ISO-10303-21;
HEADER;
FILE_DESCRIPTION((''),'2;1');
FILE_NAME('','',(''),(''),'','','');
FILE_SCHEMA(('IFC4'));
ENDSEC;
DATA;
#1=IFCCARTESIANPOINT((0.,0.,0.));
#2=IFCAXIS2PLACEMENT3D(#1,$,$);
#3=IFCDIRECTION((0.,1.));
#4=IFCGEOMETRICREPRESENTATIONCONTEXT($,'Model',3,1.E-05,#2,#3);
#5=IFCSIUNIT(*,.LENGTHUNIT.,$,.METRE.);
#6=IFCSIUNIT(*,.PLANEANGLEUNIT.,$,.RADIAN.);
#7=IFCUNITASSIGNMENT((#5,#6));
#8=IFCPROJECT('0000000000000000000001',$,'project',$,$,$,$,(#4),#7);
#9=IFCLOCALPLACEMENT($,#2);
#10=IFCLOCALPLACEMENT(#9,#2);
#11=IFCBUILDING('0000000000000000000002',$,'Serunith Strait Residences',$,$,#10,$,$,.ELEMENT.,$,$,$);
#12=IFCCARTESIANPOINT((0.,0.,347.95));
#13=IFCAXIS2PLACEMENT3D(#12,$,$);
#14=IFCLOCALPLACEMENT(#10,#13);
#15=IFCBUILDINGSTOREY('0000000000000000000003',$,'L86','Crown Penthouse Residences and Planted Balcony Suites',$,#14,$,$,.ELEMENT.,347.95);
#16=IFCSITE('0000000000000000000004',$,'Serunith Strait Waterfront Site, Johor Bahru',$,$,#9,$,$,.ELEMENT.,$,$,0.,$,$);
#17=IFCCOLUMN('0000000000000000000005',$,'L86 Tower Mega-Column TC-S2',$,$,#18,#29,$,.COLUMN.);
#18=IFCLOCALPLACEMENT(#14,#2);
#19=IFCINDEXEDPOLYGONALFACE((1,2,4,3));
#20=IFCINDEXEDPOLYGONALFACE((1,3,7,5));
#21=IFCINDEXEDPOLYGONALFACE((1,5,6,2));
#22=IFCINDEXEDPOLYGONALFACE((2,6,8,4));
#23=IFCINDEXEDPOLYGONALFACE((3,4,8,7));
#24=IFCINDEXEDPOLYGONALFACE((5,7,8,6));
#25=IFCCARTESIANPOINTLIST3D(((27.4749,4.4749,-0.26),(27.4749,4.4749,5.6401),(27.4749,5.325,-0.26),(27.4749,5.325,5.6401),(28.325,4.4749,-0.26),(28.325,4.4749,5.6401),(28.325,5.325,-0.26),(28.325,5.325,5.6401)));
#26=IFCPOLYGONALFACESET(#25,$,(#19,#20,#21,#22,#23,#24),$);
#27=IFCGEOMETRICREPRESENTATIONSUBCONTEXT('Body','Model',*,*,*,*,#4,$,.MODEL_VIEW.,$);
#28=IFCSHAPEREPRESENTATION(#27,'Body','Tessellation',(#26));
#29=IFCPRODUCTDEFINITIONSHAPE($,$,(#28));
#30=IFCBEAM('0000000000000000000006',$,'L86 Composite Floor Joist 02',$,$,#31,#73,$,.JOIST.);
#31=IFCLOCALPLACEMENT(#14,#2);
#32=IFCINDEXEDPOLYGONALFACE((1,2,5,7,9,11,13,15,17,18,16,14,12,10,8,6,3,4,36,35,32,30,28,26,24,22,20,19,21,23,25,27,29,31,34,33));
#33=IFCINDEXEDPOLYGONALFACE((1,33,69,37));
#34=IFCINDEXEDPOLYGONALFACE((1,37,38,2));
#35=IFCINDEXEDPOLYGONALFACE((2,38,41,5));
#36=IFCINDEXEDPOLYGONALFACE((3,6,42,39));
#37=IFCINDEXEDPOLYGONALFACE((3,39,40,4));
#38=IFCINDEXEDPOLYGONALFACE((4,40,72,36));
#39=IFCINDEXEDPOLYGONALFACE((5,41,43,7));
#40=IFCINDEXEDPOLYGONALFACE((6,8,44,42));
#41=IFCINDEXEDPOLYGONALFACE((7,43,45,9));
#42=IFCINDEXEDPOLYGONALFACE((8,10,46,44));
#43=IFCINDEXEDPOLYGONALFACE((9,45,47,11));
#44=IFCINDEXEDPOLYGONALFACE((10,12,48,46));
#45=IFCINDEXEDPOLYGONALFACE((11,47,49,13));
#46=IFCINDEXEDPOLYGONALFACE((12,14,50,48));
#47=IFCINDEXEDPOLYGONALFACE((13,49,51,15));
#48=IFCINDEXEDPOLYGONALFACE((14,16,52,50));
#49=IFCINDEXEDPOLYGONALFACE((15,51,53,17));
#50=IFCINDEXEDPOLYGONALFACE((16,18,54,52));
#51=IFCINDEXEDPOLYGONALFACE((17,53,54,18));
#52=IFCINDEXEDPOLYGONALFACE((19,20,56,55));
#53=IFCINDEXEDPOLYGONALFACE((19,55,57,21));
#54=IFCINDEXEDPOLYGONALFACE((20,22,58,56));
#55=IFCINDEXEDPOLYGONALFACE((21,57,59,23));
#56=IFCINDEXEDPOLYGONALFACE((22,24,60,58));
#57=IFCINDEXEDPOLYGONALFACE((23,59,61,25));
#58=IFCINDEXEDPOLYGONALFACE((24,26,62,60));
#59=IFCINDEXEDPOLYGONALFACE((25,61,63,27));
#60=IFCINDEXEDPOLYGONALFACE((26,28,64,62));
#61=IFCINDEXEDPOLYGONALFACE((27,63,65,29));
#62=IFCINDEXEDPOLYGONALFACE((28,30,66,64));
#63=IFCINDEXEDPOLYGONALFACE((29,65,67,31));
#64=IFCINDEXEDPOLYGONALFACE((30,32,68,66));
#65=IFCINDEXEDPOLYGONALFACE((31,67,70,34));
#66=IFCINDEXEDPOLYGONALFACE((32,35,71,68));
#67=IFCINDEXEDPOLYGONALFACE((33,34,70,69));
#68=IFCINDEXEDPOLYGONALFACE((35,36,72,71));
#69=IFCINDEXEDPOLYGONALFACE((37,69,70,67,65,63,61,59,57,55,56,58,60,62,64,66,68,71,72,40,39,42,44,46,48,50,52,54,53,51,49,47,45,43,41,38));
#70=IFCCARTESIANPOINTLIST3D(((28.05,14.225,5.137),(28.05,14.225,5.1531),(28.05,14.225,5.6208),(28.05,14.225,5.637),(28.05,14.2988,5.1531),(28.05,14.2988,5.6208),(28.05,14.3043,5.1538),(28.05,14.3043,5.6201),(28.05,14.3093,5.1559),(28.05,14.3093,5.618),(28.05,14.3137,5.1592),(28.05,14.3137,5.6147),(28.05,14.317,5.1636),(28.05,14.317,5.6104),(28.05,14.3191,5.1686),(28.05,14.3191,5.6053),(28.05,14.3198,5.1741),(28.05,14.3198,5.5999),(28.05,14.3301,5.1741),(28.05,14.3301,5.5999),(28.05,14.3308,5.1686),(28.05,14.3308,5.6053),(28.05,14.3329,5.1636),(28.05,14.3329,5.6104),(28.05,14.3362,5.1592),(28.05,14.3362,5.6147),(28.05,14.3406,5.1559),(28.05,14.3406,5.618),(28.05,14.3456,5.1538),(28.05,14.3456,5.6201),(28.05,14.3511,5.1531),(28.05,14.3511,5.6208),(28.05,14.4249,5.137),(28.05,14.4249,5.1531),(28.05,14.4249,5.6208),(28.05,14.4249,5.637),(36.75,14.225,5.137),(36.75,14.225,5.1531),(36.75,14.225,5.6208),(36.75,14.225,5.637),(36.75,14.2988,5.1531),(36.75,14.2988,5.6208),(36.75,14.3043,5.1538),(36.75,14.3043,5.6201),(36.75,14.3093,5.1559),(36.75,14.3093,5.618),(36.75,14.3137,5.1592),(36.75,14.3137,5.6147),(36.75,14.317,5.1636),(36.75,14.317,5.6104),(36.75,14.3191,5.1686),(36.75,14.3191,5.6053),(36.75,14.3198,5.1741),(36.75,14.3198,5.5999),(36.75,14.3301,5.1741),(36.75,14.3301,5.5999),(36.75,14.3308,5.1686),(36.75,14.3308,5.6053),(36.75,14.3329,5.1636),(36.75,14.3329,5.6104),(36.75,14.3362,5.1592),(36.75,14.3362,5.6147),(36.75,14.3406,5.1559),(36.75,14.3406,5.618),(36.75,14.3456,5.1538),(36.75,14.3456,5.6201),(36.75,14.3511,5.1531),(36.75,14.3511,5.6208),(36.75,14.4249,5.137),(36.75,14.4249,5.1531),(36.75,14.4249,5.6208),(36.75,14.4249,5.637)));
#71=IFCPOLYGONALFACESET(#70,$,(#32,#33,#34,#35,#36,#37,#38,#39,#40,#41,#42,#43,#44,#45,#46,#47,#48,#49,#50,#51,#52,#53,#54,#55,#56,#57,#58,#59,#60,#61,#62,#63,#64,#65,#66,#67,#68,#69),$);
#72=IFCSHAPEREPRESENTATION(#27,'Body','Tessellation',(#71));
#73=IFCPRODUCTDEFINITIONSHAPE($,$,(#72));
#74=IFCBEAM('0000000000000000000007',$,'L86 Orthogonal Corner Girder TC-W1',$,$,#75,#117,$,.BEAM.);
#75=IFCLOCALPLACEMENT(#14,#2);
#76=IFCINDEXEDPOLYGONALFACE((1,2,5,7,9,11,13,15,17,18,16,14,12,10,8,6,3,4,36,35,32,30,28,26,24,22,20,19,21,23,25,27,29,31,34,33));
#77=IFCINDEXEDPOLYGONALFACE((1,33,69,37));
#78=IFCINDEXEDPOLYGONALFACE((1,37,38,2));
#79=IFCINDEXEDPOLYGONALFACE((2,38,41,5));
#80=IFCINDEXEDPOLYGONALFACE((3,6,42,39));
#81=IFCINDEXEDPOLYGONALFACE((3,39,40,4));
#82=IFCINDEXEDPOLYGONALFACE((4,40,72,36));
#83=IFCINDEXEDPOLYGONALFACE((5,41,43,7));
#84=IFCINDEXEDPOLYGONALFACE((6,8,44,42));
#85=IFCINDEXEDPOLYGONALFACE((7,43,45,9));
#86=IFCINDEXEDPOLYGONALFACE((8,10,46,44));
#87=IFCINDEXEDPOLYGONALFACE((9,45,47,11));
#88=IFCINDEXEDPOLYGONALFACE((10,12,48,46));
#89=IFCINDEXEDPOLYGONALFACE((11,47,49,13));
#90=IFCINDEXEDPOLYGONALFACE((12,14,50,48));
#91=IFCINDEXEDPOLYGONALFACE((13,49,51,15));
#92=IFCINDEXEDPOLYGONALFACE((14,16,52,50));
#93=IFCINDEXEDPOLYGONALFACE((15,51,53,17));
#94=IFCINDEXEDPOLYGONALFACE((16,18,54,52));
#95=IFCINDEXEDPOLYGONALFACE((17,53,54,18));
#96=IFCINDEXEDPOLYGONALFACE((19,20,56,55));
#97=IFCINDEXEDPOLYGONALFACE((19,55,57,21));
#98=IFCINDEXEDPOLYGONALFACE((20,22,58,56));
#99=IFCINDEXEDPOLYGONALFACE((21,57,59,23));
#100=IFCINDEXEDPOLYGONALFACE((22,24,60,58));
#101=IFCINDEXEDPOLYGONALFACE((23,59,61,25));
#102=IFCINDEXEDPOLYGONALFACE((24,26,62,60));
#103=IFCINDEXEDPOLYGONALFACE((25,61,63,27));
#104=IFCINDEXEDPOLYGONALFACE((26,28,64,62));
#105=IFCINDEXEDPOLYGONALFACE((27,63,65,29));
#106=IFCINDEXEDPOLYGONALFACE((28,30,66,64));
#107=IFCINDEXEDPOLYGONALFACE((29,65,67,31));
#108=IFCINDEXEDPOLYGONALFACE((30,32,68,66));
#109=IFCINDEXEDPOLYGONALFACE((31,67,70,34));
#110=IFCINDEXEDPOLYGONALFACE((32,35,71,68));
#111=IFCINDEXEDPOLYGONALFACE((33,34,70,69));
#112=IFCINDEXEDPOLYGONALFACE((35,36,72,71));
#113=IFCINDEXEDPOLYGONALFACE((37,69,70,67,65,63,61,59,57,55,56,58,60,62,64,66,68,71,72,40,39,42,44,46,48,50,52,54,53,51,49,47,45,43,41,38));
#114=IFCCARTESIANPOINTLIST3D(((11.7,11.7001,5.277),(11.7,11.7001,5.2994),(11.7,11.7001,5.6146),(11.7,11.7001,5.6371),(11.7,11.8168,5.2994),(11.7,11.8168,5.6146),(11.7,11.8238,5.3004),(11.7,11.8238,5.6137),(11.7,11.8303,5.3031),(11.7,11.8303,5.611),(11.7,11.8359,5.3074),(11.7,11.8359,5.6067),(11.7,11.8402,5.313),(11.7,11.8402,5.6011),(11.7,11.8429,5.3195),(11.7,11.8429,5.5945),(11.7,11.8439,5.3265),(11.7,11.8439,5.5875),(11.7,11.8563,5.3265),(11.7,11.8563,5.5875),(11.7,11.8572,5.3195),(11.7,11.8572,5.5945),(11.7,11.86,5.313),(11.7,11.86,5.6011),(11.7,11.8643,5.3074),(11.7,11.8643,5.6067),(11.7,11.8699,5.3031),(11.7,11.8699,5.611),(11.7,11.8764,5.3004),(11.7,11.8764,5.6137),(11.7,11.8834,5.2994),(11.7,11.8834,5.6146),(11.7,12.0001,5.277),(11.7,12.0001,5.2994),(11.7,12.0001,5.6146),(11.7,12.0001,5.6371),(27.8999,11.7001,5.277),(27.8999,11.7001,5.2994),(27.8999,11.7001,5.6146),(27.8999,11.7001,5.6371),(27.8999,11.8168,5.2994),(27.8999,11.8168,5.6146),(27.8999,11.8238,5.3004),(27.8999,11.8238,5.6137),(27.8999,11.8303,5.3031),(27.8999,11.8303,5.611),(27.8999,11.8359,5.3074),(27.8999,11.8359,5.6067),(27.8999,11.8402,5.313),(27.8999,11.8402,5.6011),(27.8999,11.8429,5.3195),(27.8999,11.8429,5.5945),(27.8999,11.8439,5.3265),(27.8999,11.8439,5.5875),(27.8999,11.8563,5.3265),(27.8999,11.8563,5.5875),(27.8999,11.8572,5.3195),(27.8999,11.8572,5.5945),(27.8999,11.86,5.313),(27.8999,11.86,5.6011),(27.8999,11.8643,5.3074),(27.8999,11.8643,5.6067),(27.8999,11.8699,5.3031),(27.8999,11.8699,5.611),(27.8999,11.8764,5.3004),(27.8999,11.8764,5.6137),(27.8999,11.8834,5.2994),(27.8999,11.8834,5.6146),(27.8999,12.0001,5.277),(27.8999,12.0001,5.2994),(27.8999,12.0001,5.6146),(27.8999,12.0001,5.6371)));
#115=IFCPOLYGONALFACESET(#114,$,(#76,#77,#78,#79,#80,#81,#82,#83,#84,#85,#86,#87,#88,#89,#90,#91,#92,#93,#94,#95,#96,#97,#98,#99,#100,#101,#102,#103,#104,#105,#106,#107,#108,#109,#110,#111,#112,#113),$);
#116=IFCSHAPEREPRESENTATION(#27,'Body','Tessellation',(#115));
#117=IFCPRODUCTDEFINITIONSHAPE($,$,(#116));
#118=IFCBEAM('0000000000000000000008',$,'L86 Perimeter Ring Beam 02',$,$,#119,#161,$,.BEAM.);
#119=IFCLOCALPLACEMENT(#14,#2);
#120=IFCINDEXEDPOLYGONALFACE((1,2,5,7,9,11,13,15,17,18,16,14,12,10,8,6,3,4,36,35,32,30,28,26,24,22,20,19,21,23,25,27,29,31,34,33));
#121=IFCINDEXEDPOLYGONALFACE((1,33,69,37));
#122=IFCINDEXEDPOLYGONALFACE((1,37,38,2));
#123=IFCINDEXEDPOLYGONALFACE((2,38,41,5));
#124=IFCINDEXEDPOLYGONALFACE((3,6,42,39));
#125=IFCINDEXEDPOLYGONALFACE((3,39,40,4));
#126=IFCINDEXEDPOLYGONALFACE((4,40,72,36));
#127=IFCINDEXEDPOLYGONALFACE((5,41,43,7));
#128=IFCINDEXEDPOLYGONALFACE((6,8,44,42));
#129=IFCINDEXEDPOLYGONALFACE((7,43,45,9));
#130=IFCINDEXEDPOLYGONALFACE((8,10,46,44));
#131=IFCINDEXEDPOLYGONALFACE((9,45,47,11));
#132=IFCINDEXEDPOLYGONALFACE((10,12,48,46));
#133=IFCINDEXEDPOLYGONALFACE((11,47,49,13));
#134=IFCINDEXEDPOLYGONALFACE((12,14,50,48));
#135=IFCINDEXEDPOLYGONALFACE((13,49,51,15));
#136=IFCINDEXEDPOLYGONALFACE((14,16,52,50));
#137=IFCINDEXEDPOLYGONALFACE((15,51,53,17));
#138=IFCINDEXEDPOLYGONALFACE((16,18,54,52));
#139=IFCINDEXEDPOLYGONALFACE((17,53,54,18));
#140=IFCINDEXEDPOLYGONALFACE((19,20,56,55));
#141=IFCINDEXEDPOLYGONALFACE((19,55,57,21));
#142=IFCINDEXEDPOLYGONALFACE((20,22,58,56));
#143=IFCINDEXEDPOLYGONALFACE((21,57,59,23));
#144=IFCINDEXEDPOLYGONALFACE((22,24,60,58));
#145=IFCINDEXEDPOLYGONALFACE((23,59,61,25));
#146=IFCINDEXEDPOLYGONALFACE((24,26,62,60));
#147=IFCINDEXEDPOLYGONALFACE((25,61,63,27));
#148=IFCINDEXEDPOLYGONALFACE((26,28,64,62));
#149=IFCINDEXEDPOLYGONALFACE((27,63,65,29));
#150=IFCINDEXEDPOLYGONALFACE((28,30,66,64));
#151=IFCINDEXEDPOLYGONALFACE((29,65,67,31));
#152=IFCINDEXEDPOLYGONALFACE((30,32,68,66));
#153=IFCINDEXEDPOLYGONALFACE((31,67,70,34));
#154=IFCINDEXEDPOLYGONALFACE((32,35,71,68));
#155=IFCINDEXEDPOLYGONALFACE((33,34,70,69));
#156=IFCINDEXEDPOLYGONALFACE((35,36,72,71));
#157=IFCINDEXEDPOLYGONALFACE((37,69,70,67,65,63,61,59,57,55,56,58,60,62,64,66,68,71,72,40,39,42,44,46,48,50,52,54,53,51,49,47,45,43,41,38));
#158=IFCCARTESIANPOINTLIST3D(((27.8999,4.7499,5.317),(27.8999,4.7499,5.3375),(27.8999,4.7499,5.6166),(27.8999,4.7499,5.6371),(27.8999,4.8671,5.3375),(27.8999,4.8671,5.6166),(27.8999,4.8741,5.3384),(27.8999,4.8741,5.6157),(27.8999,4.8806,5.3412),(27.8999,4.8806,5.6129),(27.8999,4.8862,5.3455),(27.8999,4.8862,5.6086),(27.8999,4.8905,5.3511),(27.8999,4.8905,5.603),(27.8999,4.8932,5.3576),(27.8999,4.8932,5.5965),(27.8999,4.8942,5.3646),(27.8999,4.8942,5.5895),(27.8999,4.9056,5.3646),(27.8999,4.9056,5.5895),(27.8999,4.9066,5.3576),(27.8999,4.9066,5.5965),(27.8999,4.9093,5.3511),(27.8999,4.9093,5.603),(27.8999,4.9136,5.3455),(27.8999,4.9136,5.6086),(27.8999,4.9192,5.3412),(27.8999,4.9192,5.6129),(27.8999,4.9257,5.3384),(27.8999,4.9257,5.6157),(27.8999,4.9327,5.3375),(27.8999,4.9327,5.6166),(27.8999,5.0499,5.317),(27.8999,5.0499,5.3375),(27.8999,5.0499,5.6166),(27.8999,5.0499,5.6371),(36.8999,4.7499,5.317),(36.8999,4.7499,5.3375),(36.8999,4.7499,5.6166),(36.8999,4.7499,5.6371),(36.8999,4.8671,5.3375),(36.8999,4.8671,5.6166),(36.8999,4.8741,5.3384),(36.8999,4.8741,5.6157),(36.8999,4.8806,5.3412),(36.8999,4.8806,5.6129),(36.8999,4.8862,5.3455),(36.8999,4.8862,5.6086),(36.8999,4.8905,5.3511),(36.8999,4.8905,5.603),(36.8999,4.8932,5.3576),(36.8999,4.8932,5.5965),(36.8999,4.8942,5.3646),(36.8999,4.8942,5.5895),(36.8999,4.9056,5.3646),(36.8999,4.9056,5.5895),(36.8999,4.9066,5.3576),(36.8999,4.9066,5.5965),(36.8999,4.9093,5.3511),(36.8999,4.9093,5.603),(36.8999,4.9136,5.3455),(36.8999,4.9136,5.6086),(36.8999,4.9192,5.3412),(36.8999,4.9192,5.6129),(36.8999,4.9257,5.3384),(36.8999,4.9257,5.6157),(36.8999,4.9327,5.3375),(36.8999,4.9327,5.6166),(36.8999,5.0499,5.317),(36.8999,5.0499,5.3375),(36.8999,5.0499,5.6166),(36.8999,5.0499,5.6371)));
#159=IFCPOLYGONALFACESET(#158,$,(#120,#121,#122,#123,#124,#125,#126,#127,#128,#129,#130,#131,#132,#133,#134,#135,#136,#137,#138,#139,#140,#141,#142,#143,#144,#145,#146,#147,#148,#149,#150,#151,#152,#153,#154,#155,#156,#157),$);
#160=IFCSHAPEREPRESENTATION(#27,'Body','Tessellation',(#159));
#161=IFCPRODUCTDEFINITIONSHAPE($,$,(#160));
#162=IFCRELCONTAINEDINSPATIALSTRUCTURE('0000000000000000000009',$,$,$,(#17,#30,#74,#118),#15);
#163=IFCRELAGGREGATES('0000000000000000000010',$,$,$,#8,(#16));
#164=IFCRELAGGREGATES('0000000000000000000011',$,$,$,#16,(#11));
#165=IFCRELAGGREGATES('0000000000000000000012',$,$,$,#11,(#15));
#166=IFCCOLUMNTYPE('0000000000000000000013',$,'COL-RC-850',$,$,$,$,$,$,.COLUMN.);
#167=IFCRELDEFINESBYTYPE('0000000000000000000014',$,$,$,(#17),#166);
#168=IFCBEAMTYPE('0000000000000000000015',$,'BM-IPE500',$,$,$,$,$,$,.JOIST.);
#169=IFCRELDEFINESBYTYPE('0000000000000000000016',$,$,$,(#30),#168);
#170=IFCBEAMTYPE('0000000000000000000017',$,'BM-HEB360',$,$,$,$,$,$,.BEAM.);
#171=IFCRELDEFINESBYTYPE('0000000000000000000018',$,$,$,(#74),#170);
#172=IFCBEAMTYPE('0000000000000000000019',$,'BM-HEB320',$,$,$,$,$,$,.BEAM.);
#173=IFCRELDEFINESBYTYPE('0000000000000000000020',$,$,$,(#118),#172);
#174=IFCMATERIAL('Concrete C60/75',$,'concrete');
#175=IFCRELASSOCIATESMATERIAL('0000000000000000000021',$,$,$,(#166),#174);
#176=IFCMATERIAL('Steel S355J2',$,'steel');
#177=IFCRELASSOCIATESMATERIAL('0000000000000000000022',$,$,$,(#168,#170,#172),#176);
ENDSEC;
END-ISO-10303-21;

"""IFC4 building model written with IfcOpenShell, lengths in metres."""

from ifc_helpers import new_model, si_unit, direction, frame, origin, origin_2d, place, context, subcontext, project, spatial, rectangle, i_section, extrude, source, transform, mapped, material, material_profile, profile_set, type_object, element, save


model = new_model("IFC4")

# Units and contexts
model_context = context("Model", 3, precision=1e-05, world=origin(), true_north=direction((0.0, 1.0)))
body_context = subcontext(model_context, "Body", "Model", "MODEL_VIEW")
ifc_project = project(units=[si_unit("LENGTHUNIT", "METRE"), si_unit("PLANEANGLEUNIT", "RADIAN")], contexts=[model_context])

# Site, building, storey
site_placement = place(None, origin())
site = spatial("IfcSite", under=ifc_project, at=site_placement, Name="Serunith Strait Waterfront Site, Johor Bahru", CompositionType="ELEMENT", RefElevation=0.0)
building_placement = place(site_placement, origin())
building = spatial("IfcBuilding", under=site, at=building_placement, Name="Serunith Strait Residences", CompositionType="ELEMENT")
storey_placement = place(building_placement, frame((0.0, 0.0, 347.95)))
storey = spatial("IfcBuildingStorey", under=building, at=storey_placement, Name="L86", Description="Crown Penthouse Residences and Planted Balcony Suites", CompositionType="ELEMENT", Elevation=347.95)

# Column
ifc_material_1 = material(Name="Concrete C60/75", Category="concrete")
ifc_material_profile_1 = material_profile(ifc_material_1, rectangle(XDim=0.8501, YDim=0.8501, at=origin_2d()), Name="RC 850x850")
ifc_profile_set_1 = profile_set([ifc_material_profile_1], Name="Concrete C60/75")
column_type = type_object("IfcColumnType", Name="COL-RC-850", PredefinedType="COLUMN", material=ifc_profile_set_1)
shared_shape_1 = source(origin(), body_context, "Body", "SweptSolid", [
    extrude(rectangle(XDim=0.8501, YDim=0.8501, at=origin_2d()), origin(), (0.0, 0.0, 1.0), 5.9001),
])
column_placement = place(storey_placement, frame((27.8999, 4.8999, -0.26), z_axis=(0.0, 0.0, 1.0), x_axis=(1.0, 0.0, 0.0)))
element("IfcColumn", 1, at=column_placement, inside=storey, type_object=column_type, Name="L86 Tower Mega-Column TC-S2", PredefinedType="COLUMN", context=body_context, shape_type="MappedRepresentation", body=[
    mapped(shared_shape_1, transform((0.0, 0.0, 0.0), scale=1.0)),
])

# Beams
ifc_material_2 = material(Name="Steel S355J2", Category="steel")
ifc_material_profile_2 = material_profile(ifc_material_2, i_section(OverallWidth=0.2, OverallDepth=0.5, WebThickness=0.0103, FlangeThickness=0.0161, FilletRadius=0.021, at=origin_2d()), Name="IPE 500")
ifc_profile_set_2 = profile_set([ifc_material_profile_2], Name="Steel S355J2")
beam_type_1 = type_object("IfcBeamType", Name="BM-IPE500", PredefinedType="JOIST", material=ifc_profile_set_2)
shared_shape_2 = source(origin(), body_context, "Body", "SweptSolid", [
    extrude(i_section(OverallWidth=0.2, OverallDepth=0.5, WebThickness=0.0103, FlangeThickness=0.0161, FilletRadius=0.021, at=origin_2d()), origin(), (0.0, 0.0, 1.0), 8.7),
])
beam_1_placement = place(storey_placement, frame((28.05, 14.325, 5.387), z_axis=(1.0, 0.0, 0.0), x_axis=(0.0, 1.0, 0.0)))
element("IfcBeam", 2, at=beam_1_placement, inside=storey, type_object=beam_type_1, Name="L86 Composite Floor Joist 02", PredefinedType="JOIST", context=body_context, shape_type="MappedRepresentation", body=[
    mapped(shared_shape_2, transform((0.0, 0.0, 0.0), scale=1.0)),
])
ifc_material_profile_3 = material_profile(ifc_material_2, i_section(OverallWidth=0.3, OverallDepth=0.3601, WebThickness=0.0125, FlangeThickness=0.0225, FilletRadius=0.0271, at=origin_2d()), Name="HEB 360")
ifc_profile_set_3 = profile_set([ifc_material_profile_3], Name="Steel S355J2")
beam_type_2 = type_object("IfcBeamType", Name="BM-HEB360", PredefinedType="BEAM", material=ifc_profile_set_3)
shared_shape_3 = source(origin(), body_context, "Body", "SweptSolid", [
    extrude(i_section(OverallWidth=0.3, OverallDepth=0.3601, WebThickness=0.0125, FlangeThickness=0.0225, FilletRadius=0.0271, at=origin_2d()), origin(), (0.0, 0.0, 1.0), 16.2),
])
beam_2_placement = place(storey_placement, frame((27.8999, 11.8501, 5.457), z_axis=(-1.0, 0.0, 0.0), x_axis=(0.0, -1.0, 0.0)))
element("IfcBeam", 3, at=beam_2_placement, inside=storey, type_object=beam_type_2, Name="L86 Orthogonal Corner Girder TC-W1", PredefinedType="BEAM", context=body_context, shape_type="MappedRepresentation", body=[
    mapped(shared_shape_3, transform((0.0, 0.0, 0.0), scale=1.0)),
])
ifc_material_profile_4 = material_profile(ifc_material_2, i_section(OverallWidth=0.3, OverallDepth=0.3201, WebThickness=0.0115, FlangeThickness=0.0205, FilletRadius=0.0271, at=origin_2d()), Name="HEB 320")
ifc_profile_set_4 = profile_set([ifc_material_profile_4], Name="Steel S355J2")
beam_type_3 = type_object("IfcBeamType", Name="BM-HEB320", PredefinedType="BEAM", material=ifc_profile_set_4)
shared_shape_4 = source(origin(), body_context, "Body", "SweptSolid", [
    extrude(i_section(OverallWidth=0.3, OverallDepth=0.3201, WebThickness=0.0115, FlangeThickness=0.0205, FilletRadius=0.0271, at=origin_2d()), origin(), (0.0, 0.0, 1.0), 9.0),
])
beam_3_placement = place(storey_placement, frame((27.8999, 4.8999, 5.4771), z_axis=(1.0, 0.0, 0.0), x_axis=(0.0, 1.0, 0.0)))
element("IfcBeam", 4, at=beam_3_placement, inside=storey, type_object=beam_type_3, Name="L86 Perimeter Ring Beam 02", PredefinedType="BEAM", context=body_context, shape_type="MappedRepresentation", body=[
    mapped(shared_shape_4, transform((0.0, 0.0, 0.0), scale=1.0)),
])

save(model, "model.ifc")
